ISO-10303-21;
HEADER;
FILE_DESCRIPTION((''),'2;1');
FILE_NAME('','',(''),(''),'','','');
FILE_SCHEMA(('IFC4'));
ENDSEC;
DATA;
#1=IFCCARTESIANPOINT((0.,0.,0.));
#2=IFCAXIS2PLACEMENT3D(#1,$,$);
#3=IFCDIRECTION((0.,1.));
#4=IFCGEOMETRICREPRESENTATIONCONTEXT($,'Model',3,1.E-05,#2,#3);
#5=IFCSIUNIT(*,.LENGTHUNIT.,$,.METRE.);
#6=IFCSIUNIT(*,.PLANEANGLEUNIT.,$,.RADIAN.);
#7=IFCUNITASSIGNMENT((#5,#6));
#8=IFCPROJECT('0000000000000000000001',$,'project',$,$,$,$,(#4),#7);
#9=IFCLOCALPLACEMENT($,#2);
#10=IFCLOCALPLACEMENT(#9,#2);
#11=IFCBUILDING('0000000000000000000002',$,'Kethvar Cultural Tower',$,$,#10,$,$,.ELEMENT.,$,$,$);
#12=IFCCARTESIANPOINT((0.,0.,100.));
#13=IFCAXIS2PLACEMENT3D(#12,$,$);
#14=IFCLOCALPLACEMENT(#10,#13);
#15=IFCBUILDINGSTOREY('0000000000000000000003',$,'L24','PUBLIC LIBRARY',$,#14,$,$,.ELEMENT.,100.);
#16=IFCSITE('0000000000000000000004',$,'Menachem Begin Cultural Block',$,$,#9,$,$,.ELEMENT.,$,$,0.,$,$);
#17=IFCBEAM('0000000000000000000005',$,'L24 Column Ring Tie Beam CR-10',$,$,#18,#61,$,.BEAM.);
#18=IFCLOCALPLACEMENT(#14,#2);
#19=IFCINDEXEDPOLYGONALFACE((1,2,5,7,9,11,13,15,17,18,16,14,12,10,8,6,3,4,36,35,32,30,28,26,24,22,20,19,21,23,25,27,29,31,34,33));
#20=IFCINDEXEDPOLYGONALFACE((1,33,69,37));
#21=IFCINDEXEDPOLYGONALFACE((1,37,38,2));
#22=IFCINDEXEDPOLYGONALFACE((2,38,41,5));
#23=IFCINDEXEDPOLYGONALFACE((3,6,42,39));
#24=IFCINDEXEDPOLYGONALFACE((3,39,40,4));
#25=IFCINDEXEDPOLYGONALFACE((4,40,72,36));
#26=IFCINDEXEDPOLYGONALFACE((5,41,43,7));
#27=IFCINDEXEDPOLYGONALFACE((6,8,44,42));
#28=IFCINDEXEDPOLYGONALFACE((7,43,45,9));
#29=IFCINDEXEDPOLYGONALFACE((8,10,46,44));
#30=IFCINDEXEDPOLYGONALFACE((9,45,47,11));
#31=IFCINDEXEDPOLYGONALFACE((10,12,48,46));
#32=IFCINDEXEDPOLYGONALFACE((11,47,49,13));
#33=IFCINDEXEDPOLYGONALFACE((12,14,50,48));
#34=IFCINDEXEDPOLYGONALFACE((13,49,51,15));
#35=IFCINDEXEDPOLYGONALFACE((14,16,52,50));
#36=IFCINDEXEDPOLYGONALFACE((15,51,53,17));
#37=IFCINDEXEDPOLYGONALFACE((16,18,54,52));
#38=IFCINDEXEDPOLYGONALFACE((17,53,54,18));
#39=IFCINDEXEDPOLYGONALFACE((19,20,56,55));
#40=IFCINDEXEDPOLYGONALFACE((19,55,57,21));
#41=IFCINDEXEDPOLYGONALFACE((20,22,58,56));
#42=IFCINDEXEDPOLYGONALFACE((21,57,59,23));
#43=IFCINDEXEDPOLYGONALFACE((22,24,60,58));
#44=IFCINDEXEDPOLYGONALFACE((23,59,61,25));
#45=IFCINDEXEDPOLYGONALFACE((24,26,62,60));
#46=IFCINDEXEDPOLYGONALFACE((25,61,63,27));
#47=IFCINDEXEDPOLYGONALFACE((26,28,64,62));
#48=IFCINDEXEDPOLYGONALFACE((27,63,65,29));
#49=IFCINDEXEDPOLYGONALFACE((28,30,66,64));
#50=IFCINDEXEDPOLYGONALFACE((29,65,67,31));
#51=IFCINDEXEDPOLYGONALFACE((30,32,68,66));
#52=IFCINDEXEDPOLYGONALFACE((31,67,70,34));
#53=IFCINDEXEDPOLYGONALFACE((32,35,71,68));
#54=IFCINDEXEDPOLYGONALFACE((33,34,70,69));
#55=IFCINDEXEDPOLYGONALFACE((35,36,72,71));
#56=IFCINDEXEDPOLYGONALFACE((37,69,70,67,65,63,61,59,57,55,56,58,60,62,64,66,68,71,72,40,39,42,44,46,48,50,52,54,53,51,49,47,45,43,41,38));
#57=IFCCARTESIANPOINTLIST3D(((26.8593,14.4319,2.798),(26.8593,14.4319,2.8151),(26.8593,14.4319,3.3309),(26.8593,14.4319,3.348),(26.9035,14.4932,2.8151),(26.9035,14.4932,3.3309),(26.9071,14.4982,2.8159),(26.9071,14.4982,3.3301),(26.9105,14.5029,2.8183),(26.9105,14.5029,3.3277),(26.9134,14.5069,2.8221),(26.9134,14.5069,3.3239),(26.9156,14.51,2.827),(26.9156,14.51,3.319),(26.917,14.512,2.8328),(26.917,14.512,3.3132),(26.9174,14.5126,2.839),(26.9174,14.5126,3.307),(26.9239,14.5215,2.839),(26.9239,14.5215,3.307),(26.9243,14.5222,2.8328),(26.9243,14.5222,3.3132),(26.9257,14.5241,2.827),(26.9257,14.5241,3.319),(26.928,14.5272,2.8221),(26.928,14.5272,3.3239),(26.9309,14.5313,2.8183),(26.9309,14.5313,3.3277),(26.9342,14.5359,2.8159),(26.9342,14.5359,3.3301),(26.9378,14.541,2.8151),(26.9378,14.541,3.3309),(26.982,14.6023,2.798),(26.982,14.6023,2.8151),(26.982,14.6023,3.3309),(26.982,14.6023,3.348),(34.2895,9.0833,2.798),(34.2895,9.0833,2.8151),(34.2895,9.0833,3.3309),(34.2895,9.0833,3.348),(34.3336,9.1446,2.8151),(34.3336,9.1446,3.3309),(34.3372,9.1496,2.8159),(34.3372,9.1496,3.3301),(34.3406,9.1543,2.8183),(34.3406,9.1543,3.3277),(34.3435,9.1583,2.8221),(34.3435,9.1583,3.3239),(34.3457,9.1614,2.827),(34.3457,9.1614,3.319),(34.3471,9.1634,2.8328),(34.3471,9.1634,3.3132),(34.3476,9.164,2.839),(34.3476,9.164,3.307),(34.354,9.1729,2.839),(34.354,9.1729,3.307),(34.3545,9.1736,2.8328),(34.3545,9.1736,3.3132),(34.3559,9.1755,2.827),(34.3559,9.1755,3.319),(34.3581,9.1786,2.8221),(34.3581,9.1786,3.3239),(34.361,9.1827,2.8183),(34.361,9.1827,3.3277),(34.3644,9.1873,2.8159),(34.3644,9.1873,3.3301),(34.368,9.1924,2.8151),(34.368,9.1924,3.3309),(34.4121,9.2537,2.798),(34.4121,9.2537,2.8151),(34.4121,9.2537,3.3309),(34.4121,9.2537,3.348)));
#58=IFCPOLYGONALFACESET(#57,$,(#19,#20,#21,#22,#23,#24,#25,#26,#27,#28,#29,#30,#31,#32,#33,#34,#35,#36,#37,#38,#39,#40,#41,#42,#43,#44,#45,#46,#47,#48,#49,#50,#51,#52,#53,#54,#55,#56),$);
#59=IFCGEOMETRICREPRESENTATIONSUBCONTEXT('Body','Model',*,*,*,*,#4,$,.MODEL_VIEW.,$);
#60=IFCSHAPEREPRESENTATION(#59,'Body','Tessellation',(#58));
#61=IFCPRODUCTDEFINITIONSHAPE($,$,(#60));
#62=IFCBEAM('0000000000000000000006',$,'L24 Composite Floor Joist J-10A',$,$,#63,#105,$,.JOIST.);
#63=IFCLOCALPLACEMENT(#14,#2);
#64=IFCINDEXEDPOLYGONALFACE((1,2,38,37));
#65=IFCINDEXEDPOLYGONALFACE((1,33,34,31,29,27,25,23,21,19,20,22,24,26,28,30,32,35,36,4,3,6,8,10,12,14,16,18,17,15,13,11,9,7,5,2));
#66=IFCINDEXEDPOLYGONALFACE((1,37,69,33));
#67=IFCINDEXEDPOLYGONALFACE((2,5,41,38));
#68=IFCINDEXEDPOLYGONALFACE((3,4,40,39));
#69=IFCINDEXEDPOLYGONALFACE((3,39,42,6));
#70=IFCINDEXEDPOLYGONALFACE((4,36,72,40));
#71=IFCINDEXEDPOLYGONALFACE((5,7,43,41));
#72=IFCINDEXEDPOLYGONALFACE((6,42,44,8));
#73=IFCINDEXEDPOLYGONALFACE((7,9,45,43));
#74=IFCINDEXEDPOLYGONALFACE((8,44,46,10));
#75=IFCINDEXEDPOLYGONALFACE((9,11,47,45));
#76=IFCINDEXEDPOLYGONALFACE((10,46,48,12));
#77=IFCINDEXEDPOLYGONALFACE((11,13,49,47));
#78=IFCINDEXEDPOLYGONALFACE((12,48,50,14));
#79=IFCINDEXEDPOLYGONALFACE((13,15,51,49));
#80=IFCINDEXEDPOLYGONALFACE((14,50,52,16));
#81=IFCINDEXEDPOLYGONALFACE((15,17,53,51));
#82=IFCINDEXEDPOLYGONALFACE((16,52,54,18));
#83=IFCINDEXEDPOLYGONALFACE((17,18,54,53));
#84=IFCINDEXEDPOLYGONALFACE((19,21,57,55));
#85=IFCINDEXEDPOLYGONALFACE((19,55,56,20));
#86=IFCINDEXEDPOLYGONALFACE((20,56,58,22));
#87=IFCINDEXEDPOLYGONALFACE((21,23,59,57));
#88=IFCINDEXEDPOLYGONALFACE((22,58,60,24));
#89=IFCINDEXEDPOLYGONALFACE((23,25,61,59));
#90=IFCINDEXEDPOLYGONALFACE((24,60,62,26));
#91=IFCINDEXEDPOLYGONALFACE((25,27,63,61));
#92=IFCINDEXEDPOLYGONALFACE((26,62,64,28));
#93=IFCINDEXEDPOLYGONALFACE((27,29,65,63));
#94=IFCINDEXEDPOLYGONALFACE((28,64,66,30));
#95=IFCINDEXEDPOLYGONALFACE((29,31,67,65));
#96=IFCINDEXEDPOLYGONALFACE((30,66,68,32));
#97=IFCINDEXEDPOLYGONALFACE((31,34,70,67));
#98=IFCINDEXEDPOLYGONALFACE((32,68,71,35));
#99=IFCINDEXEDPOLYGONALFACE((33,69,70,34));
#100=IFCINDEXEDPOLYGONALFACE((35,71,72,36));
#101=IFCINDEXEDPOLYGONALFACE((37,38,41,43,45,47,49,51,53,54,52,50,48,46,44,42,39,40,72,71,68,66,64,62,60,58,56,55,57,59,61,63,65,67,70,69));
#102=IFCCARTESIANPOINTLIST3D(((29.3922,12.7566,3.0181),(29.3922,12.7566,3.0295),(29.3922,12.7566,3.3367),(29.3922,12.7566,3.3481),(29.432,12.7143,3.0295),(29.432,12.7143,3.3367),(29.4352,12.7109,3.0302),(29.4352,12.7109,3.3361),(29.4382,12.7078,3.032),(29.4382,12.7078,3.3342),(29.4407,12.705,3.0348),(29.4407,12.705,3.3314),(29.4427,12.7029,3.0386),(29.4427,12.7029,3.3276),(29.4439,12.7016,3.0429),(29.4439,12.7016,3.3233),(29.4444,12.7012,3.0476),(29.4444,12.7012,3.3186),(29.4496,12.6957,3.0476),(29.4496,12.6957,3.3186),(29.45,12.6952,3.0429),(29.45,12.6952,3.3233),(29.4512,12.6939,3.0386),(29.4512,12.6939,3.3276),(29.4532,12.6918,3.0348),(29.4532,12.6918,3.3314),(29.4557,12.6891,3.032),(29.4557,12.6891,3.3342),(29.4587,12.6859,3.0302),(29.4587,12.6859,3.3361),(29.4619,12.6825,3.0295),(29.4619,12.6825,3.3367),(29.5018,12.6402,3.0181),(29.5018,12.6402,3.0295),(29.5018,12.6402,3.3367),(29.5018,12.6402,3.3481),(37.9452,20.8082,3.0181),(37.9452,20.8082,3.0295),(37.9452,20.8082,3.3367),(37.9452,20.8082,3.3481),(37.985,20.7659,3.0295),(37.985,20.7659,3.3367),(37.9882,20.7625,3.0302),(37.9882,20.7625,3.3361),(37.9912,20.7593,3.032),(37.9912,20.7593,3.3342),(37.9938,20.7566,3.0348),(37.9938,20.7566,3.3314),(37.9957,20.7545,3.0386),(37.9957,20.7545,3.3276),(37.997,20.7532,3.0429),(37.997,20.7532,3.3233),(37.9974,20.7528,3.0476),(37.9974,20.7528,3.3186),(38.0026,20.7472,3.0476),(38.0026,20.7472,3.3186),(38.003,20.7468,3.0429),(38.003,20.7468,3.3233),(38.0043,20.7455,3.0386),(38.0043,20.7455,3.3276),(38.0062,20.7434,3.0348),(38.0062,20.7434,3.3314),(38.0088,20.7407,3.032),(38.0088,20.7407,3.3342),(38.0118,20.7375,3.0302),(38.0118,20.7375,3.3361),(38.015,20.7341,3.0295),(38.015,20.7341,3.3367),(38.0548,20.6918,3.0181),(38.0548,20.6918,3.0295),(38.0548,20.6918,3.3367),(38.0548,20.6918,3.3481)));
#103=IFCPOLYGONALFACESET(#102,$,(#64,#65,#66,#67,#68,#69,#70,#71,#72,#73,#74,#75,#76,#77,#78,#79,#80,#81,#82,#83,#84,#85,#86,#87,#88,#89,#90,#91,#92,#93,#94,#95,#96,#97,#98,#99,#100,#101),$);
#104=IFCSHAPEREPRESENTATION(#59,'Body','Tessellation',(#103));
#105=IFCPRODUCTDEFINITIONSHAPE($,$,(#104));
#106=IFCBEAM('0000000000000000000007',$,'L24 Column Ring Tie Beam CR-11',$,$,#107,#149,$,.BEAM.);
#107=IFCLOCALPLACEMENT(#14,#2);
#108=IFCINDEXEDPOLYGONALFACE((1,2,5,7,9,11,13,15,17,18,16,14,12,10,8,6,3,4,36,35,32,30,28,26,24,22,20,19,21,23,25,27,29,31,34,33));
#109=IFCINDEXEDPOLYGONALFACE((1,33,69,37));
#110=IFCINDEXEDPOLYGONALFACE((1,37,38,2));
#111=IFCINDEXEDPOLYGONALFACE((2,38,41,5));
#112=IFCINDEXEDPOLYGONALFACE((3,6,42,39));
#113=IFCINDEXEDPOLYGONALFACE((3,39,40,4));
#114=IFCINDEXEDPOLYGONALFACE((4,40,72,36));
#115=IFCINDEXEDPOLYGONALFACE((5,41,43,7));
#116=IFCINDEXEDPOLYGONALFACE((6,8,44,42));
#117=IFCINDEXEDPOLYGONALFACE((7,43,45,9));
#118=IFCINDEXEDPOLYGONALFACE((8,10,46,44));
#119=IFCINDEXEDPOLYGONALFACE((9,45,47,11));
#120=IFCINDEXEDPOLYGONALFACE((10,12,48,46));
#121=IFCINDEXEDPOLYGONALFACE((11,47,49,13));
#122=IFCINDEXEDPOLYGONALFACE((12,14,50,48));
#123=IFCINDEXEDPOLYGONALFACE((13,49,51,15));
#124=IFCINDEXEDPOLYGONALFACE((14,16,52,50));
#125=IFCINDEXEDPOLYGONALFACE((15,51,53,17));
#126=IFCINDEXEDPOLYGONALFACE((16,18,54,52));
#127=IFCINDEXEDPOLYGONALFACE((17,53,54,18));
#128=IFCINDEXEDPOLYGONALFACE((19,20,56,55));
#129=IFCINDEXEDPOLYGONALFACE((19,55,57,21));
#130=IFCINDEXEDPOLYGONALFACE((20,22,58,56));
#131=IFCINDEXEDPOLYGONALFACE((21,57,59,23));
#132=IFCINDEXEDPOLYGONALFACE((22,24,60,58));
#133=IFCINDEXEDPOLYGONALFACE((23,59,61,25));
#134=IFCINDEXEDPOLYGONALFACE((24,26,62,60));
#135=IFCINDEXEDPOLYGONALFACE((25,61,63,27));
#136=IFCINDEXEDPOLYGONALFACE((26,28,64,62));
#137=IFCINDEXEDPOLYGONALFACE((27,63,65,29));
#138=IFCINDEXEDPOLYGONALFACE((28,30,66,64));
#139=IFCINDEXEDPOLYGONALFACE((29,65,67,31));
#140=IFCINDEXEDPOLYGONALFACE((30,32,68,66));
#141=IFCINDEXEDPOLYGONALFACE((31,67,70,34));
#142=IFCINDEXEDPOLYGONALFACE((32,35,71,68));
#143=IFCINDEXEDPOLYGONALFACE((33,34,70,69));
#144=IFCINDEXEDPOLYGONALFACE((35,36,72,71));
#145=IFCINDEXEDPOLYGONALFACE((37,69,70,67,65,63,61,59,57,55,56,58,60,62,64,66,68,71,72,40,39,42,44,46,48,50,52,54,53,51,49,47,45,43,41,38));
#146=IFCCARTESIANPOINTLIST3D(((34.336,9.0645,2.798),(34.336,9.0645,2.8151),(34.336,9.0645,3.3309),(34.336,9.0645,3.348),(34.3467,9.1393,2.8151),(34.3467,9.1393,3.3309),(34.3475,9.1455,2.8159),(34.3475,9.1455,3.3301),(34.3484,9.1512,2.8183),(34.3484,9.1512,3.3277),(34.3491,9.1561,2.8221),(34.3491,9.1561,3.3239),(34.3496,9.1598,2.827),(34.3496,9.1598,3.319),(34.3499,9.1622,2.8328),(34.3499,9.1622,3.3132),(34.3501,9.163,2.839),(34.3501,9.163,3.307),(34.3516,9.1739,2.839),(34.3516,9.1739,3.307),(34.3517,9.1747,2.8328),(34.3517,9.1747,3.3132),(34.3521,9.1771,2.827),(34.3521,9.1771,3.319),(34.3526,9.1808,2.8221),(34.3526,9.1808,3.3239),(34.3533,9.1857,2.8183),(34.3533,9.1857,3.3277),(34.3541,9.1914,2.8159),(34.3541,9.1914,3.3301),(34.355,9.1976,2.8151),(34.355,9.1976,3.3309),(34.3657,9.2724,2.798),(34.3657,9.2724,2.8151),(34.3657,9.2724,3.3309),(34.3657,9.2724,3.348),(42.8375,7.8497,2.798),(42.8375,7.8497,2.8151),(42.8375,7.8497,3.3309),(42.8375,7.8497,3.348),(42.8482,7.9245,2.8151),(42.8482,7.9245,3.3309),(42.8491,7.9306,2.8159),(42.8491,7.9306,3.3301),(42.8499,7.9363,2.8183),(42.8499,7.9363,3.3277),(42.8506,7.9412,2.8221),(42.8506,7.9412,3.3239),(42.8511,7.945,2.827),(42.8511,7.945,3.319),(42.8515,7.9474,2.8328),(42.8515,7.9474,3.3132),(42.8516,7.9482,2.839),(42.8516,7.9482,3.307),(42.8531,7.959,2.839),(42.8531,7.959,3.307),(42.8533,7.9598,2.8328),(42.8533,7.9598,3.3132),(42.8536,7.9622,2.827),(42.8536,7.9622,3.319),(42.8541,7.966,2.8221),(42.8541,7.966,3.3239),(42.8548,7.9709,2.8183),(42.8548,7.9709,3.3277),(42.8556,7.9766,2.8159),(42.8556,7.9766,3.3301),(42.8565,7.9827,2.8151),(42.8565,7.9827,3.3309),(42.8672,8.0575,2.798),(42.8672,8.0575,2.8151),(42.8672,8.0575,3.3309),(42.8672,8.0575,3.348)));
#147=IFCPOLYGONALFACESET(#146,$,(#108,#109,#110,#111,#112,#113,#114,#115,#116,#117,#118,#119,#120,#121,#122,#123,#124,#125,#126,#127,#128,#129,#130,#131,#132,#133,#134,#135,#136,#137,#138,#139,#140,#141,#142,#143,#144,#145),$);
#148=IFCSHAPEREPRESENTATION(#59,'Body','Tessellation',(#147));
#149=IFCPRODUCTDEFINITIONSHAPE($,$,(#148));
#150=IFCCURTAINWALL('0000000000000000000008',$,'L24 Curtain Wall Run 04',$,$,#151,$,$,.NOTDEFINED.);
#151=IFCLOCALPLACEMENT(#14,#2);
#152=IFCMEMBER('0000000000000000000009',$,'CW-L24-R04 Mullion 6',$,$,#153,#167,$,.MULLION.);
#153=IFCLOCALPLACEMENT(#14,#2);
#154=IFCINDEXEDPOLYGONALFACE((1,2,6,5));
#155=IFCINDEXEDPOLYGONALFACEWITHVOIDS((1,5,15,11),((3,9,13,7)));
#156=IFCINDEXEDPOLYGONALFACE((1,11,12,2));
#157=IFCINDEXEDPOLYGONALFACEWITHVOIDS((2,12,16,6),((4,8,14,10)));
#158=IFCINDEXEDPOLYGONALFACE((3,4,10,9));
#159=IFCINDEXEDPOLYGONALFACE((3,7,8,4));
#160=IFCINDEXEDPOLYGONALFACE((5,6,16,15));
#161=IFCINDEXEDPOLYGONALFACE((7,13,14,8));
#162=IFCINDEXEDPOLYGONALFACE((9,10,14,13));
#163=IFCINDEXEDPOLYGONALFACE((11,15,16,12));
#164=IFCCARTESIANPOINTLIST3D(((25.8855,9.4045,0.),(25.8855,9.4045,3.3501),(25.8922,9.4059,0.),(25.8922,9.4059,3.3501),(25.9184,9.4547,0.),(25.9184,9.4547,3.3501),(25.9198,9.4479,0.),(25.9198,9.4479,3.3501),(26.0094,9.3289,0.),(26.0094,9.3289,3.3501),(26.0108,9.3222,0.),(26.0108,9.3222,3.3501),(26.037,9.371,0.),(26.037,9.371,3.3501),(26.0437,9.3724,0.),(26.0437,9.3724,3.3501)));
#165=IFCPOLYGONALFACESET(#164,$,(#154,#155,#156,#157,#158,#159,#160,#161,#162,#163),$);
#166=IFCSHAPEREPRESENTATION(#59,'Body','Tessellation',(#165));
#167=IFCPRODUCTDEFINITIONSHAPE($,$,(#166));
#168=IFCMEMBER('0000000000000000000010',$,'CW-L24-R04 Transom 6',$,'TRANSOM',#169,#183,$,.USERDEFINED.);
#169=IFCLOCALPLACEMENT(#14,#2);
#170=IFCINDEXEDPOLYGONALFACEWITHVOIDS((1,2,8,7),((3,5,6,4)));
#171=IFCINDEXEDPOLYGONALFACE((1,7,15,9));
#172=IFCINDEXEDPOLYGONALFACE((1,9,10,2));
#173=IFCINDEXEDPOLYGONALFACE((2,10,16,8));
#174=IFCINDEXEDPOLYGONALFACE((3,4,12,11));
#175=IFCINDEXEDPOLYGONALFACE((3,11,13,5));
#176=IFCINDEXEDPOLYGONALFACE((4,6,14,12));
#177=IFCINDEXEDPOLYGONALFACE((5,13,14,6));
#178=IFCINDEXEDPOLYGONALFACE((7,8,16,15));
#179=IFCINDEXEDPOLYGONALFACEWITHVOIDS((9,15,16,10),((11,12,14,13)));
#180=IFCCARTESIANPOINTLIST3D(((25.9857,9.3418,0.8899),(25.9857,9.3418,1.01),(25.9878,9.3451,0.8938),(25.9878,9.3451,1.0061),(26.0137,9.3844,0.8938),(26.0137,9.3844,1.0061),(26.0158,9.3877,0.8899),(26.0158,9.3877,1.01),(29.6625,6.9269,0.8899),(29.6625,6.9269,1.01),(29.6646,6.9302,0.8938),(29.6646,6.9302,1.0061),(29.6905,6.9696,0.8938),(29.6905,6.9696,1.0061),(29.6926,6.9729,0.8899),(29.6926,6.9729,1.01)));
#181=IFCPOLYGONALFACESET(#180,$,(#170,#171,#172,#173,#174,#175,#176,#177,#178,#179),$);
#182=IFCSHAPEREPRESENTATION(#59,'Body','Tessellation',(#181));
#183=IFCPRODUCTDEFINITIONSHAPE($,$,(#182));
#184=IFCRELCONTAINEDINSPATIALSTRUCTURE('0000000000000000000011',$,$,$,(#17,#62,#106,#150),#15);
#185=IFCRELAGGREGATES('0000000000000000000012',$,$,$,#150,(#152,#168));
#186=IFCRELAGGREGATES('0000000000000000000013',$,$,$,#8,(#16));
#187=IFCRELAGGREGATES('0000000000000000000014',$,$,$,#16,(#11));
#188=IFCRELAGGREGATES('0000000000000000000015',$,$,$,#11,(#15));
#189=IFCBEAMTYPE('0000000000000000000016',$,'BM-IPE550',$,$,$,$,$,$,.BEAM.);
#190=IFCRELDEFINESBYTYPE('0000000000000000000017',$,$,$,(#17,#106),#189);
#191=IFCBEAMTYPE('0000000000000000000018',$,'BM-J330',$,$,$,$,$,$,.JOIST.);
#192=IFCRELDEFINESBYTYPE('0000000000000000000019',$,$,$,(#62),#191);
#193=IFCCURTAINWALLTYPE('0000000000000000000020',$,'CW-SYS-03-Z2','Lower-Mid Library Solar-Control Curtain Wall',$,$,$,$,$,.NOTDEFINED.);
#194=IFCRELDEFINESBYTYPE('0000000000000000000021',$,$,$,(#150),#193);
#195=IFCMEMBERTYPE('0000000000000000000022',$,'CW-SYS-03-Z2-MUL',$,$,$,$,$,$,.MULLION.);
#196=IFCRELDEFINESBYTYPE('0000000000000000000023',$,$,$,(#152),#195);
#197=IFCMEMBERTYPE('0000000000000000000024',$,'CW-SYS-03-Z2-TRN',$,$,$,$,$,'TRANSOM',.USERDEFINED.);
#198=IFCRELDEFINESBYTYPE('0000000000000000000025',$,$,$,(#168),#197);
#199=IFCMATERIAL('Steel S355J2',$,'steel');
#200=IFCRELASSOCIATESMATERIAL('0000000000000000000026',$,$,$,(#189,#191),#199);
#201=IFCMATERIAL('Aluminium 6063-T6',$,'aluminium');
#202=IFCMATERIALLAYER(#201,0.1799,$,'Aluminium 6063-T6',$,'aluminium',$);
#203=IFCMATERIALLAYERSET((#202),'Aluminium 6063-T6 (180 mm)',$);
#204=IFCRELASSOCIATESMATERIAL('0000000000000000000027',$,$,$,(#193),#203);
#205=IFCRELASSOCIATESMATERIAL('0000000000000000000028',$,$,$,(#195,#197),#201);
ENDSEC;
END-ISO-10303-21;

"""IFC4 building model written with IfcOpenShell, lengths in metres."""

from ifc_helpers import new_model, si_unit, direction, frame, origin, origin_2d, place, context, subcontext, project, spatial, hollow_rectangle, i_section, extrude, source, transform, mapped, material, layer, layer_set, material_profile, profile_set, type_object, element, aggregate, save


model = new_model("IFC4")

# Units and contexts
model_context = context("Model", 3, precision=1e-05, world=origin(), true_north=direction((0.0, 1.0)))
body_context = subcontext(model_context, "Body", "Model", "MODEL_VIEW")
ifc_project = project(units=[si_unit("LENGTHUNIT", "METRE"), si_unit("PLANEANGLEUNIT", "RADIAN")], contexts=[model_context])

# Site, building, storey
site_placement = place(None, origin())
site = spatial("IfcSite", under=ifc_project, at=site_placement, Name="Menachem Begin Cultural Block", CompositionType="ELEMENT", RefElevation=0.0)
building_placement = place(site_placement, origin())
building = spatial("IfcBuilding", under=site, at=building_placement, Name="Kethvar Cultural Tower", CompositionType="ELEMENT")
storey_placement = place(building_placement, frame((0.0, 0.0, 100.0)))
storey = spatial("IfcBuildingStorey", under=building, at=storey_placement, Name="L24", Description="PUBLIC LIBRARY", CompositionType="ELEMENT", Elevation=100.0)

# Beams
ifc_material_1 = material(Name="Steel S355J2", Category="steel")
ifc_material_profile_1 = material_profile(ifc_material_1, i_section(OverallWidth=0.21, OverallDepth=0.55, WebThickness=0.011, FlangeThickness=0.0171, FilletRadius=0.0239, at=origin_2d()), Name="Steel S355J2 — IPE550")
ifc_profile_set_1 = profile_set([ifc_material_profile_1], Name="Steel S355J2 — IPE550")
beam_type_1 = type_object("IfcBeamType", Name="BM-IPE550", PredefinedType="BEAM", material=ifc_profile_set_1)
shared_shape_1 = source(origin(), body_context, "Body", "SweptSolid", [
    extrude(i_section(OverallWidth=0.21, OverallDepth=0.55, WebThickness=0.011, FlangeThickness=0.0171, FilletRadius=0.0239, at=origin_2d()), origin(), (0.0, 0.0, 1.0), 9.155),
])
beam_1_placement = place(storey_placement, frame((26.9207, 14.5171, 3.073), z_axis=(0.811591, -0.584226, 0.0), x_axis=(0.584226, 0.811591, 0.0)))
element("IfcBeam", 1, at=beam_1_placement, inside=storey, type_object=beam_type_1, Name="L24 Column Ring Tie Beam CR-10", PredefinedType="BEAM", context=body_context, shape_type="MappedRepresentation", body=[
    mapped(shared_shape_1, transform((0.0, 0.0, 0.0), scale=1.0)),
])
ifc_material_profile_2 = material_profile(ifc_material_1, i_section(OverallWidth=0.1599, OverallDepth=0.3301, WebThickness=0.0076, FlangeThickness=0.0115, FilletRadius=0.0181, at=origin_2d()), Name="Steel S355J2 — IPE330")
ifc_profile_set_2 = profile_set([ifc_material_profile_2], Name="Steel S355J2 — IPE330")
beam_type_2 = type_object("IfcBeamType", Name="BM-J330", PredefinedType="JOIST", material=ifc_profile_set_2)
shared_shape_2 = source(origin(), body_context, "Body", "SweptSolid", [
    extrude(i_section(OverallWidth=0.1599, OverallDepth=0.3301, WebThickness=0.0076, FlangeThickness=0.0115, FilletRadius=0.0181, at=origin_2d()), origin(), (0.0, 0.0, 1.0), 11.7466),
])
beam_2_placement = place(storey_placement, frame((38.0, 20.75, 3.1831), z_axis=(-0.72813, -0.685439, 0.0), x_axis=(0.685439, -0.72813, 0.0)))
element("IfcBeam", 2, at=beam_2_placement, inside=storey, type_object=beam_type_2, Name="L24 Composite Floor Joist J-10A", PredefinedType="JOIST", context=body_context, shape_type="MappedRepresentation", body=[
    mapped(shared_shape_2, transform((0.0, 0.0, 0.0), scale=1.0)),
])
shared_shape_3 = source(origin(), body_context, "Body", "SweptSolid", [
    extrude(i_section(OverallWidth=0.21, OverallDepth=0.55, WebThickness=0.011, FlangeThickness=0.0171, FilletRadius=0.0239, at=origin_2d()), origin(), (0.0, 0.0, 1.0), 8.5879),
])
beam_3_placement = place(storey_placement, frame((34.3508, 9.1685, 3.073), z_axis=(0.989944, -0.141461, 0.0), x_axis=(0.141461, 0.989944, 0.0)))
element("IfcBeam", 3, at=beam_3_placement, inside=storey, type_object=beam_type_1, Name="L24 Column Ring Tie Beam CR-11", PredefinedType="BEAM", context=body_context, shape_type="MappedRepresentation", body=[
    mapped(shared_shape_3, transform((0.0, 0.0, 0.0), scale=1.0)),
])

# Curtain wall, members
ifc_material_2 = material(Name="Aluminium 6063-T6", Category="aluminium")
ifc_layer_1 = layer(ifc_material_2, 0.1799, Name="Aluminium 6063-T6", Category="aluminium")
ifc_layer_set_1 = layer_set([ifc_layer_1], Name="Aluminium 6063-T6 (180 mm)")
curtain_wall_type = type_object("IfcCurtainWallType", Name="CW-SYS-03-Z2", Description="Lower-Mid Library Solar-Control Curtain Wall", PredefinedType="NOTDEFINED", material=ifc_layer_set_1)
curtain_wall_placement = place(storey_placement, origin())
curtain_wall = element("IfcCurtainWall", 4, at=curtain_wall_placement, inside=storey, type_object=curtain_wall_type, Name="L24 Curtain Wall Run 04", PredefinedType="NOTDEFINED")
ifc_material_profile_3 = material_profile(ifc_material_2, hollow_rectangle(XDim=0.0601, YDim=0.1499, WallThickness=0.0049, at=origin_2d()), Name="Aluminium 6063-T6 — RHS150x60x5")
ifc_profile_set_3 = profile_set([ifc_material_profile_3], Name="Aluminium 6063-T6 — RHS150x60x5")
member_type_1 = type_object("IfcMemberType", Name="CW-SYS-03-Z2-MUL", PredefinedType="MULLION", material=ifc_profile_set_3)
shared_shape_4 = source(origin(), body_context, "Body", "SweptSolid", [
    extrude(hollow_rectangle(XDim=0.0601, YDim=0.1499, WallThickness=0.0049, at=origin_2d()), origin(), (0.0, 0.0, 1.0), 3.3501),
])
member_1_placement = place(storey_placement, frame((25.9646, 9.3884, 0.0), z_axis=(0.0, 0.0, 1.0), x_axis=(0.548994, 0.835827, 0.0)))
member_1 = element("IfcMember", 5, at=member_1_placement, type_object=member_type_1, Name="CW-L24-R04 Mullion 6", PredefinedType="MULLION", context=body_context, shape_type="MappedRepresentation", body=[
    mapped(shared_shape_4, transform((0.0, 0.0, 0.0), scale=1.0)),
])
ifc_material_profile_4 = material_profile(ifc_material_2, hollow_rectangle(XDim=0.0549, YDim=0.1201, WallThickness=0.0039, at=origin_2d()), Name="Aluminium 6063-T6 — RHS120x55x4")
ifc_profile_set_4 = profile_set([ifc_material_profile_4], Name="Aluminium 6063-T6 — RHS120x55x4")
member_type_2 = type_object("IfcMemberType", Name="CW-SYS-03-Z2-TRN", ElementType="TRANSOM", PredefinedType="USERDEFINED", material=ifc_profile_set_4)
shared_shape_5 = source(origin(), body_context, "Body", "SweptSolid", [
    extrude(hollow_rectangle(XDim=0.0549, YDim=0.1201, WallThickness=0.0039, at=origin_2d()), origin(), (0.0, 0.0, 1.0), 4.3989),
])
member_2_placement = place(storey_placement, frame((26.0007, 9.3647, 0.95), z_axis=(0.835847, -0.548962, 0.0), x_axis=(0.548962, 0.835847, 0.0)))
member_2 = element("IfcMember", 6, at=member_2_placement, type_object=member_type_2, Name="CW-L24-R04 Transom 6", ObjectType="TRANSOM", PredefinedType="USERDEFINED", context=body_context, shape_type="MappedRepresentation", body=[
    mapped(shared_shape_5, transform((0.0, 0.0, 0.0), scale=1.0)),
])
aggregate(curtain_wall, [member_1, member_2])

save(model, "model.ifc")
